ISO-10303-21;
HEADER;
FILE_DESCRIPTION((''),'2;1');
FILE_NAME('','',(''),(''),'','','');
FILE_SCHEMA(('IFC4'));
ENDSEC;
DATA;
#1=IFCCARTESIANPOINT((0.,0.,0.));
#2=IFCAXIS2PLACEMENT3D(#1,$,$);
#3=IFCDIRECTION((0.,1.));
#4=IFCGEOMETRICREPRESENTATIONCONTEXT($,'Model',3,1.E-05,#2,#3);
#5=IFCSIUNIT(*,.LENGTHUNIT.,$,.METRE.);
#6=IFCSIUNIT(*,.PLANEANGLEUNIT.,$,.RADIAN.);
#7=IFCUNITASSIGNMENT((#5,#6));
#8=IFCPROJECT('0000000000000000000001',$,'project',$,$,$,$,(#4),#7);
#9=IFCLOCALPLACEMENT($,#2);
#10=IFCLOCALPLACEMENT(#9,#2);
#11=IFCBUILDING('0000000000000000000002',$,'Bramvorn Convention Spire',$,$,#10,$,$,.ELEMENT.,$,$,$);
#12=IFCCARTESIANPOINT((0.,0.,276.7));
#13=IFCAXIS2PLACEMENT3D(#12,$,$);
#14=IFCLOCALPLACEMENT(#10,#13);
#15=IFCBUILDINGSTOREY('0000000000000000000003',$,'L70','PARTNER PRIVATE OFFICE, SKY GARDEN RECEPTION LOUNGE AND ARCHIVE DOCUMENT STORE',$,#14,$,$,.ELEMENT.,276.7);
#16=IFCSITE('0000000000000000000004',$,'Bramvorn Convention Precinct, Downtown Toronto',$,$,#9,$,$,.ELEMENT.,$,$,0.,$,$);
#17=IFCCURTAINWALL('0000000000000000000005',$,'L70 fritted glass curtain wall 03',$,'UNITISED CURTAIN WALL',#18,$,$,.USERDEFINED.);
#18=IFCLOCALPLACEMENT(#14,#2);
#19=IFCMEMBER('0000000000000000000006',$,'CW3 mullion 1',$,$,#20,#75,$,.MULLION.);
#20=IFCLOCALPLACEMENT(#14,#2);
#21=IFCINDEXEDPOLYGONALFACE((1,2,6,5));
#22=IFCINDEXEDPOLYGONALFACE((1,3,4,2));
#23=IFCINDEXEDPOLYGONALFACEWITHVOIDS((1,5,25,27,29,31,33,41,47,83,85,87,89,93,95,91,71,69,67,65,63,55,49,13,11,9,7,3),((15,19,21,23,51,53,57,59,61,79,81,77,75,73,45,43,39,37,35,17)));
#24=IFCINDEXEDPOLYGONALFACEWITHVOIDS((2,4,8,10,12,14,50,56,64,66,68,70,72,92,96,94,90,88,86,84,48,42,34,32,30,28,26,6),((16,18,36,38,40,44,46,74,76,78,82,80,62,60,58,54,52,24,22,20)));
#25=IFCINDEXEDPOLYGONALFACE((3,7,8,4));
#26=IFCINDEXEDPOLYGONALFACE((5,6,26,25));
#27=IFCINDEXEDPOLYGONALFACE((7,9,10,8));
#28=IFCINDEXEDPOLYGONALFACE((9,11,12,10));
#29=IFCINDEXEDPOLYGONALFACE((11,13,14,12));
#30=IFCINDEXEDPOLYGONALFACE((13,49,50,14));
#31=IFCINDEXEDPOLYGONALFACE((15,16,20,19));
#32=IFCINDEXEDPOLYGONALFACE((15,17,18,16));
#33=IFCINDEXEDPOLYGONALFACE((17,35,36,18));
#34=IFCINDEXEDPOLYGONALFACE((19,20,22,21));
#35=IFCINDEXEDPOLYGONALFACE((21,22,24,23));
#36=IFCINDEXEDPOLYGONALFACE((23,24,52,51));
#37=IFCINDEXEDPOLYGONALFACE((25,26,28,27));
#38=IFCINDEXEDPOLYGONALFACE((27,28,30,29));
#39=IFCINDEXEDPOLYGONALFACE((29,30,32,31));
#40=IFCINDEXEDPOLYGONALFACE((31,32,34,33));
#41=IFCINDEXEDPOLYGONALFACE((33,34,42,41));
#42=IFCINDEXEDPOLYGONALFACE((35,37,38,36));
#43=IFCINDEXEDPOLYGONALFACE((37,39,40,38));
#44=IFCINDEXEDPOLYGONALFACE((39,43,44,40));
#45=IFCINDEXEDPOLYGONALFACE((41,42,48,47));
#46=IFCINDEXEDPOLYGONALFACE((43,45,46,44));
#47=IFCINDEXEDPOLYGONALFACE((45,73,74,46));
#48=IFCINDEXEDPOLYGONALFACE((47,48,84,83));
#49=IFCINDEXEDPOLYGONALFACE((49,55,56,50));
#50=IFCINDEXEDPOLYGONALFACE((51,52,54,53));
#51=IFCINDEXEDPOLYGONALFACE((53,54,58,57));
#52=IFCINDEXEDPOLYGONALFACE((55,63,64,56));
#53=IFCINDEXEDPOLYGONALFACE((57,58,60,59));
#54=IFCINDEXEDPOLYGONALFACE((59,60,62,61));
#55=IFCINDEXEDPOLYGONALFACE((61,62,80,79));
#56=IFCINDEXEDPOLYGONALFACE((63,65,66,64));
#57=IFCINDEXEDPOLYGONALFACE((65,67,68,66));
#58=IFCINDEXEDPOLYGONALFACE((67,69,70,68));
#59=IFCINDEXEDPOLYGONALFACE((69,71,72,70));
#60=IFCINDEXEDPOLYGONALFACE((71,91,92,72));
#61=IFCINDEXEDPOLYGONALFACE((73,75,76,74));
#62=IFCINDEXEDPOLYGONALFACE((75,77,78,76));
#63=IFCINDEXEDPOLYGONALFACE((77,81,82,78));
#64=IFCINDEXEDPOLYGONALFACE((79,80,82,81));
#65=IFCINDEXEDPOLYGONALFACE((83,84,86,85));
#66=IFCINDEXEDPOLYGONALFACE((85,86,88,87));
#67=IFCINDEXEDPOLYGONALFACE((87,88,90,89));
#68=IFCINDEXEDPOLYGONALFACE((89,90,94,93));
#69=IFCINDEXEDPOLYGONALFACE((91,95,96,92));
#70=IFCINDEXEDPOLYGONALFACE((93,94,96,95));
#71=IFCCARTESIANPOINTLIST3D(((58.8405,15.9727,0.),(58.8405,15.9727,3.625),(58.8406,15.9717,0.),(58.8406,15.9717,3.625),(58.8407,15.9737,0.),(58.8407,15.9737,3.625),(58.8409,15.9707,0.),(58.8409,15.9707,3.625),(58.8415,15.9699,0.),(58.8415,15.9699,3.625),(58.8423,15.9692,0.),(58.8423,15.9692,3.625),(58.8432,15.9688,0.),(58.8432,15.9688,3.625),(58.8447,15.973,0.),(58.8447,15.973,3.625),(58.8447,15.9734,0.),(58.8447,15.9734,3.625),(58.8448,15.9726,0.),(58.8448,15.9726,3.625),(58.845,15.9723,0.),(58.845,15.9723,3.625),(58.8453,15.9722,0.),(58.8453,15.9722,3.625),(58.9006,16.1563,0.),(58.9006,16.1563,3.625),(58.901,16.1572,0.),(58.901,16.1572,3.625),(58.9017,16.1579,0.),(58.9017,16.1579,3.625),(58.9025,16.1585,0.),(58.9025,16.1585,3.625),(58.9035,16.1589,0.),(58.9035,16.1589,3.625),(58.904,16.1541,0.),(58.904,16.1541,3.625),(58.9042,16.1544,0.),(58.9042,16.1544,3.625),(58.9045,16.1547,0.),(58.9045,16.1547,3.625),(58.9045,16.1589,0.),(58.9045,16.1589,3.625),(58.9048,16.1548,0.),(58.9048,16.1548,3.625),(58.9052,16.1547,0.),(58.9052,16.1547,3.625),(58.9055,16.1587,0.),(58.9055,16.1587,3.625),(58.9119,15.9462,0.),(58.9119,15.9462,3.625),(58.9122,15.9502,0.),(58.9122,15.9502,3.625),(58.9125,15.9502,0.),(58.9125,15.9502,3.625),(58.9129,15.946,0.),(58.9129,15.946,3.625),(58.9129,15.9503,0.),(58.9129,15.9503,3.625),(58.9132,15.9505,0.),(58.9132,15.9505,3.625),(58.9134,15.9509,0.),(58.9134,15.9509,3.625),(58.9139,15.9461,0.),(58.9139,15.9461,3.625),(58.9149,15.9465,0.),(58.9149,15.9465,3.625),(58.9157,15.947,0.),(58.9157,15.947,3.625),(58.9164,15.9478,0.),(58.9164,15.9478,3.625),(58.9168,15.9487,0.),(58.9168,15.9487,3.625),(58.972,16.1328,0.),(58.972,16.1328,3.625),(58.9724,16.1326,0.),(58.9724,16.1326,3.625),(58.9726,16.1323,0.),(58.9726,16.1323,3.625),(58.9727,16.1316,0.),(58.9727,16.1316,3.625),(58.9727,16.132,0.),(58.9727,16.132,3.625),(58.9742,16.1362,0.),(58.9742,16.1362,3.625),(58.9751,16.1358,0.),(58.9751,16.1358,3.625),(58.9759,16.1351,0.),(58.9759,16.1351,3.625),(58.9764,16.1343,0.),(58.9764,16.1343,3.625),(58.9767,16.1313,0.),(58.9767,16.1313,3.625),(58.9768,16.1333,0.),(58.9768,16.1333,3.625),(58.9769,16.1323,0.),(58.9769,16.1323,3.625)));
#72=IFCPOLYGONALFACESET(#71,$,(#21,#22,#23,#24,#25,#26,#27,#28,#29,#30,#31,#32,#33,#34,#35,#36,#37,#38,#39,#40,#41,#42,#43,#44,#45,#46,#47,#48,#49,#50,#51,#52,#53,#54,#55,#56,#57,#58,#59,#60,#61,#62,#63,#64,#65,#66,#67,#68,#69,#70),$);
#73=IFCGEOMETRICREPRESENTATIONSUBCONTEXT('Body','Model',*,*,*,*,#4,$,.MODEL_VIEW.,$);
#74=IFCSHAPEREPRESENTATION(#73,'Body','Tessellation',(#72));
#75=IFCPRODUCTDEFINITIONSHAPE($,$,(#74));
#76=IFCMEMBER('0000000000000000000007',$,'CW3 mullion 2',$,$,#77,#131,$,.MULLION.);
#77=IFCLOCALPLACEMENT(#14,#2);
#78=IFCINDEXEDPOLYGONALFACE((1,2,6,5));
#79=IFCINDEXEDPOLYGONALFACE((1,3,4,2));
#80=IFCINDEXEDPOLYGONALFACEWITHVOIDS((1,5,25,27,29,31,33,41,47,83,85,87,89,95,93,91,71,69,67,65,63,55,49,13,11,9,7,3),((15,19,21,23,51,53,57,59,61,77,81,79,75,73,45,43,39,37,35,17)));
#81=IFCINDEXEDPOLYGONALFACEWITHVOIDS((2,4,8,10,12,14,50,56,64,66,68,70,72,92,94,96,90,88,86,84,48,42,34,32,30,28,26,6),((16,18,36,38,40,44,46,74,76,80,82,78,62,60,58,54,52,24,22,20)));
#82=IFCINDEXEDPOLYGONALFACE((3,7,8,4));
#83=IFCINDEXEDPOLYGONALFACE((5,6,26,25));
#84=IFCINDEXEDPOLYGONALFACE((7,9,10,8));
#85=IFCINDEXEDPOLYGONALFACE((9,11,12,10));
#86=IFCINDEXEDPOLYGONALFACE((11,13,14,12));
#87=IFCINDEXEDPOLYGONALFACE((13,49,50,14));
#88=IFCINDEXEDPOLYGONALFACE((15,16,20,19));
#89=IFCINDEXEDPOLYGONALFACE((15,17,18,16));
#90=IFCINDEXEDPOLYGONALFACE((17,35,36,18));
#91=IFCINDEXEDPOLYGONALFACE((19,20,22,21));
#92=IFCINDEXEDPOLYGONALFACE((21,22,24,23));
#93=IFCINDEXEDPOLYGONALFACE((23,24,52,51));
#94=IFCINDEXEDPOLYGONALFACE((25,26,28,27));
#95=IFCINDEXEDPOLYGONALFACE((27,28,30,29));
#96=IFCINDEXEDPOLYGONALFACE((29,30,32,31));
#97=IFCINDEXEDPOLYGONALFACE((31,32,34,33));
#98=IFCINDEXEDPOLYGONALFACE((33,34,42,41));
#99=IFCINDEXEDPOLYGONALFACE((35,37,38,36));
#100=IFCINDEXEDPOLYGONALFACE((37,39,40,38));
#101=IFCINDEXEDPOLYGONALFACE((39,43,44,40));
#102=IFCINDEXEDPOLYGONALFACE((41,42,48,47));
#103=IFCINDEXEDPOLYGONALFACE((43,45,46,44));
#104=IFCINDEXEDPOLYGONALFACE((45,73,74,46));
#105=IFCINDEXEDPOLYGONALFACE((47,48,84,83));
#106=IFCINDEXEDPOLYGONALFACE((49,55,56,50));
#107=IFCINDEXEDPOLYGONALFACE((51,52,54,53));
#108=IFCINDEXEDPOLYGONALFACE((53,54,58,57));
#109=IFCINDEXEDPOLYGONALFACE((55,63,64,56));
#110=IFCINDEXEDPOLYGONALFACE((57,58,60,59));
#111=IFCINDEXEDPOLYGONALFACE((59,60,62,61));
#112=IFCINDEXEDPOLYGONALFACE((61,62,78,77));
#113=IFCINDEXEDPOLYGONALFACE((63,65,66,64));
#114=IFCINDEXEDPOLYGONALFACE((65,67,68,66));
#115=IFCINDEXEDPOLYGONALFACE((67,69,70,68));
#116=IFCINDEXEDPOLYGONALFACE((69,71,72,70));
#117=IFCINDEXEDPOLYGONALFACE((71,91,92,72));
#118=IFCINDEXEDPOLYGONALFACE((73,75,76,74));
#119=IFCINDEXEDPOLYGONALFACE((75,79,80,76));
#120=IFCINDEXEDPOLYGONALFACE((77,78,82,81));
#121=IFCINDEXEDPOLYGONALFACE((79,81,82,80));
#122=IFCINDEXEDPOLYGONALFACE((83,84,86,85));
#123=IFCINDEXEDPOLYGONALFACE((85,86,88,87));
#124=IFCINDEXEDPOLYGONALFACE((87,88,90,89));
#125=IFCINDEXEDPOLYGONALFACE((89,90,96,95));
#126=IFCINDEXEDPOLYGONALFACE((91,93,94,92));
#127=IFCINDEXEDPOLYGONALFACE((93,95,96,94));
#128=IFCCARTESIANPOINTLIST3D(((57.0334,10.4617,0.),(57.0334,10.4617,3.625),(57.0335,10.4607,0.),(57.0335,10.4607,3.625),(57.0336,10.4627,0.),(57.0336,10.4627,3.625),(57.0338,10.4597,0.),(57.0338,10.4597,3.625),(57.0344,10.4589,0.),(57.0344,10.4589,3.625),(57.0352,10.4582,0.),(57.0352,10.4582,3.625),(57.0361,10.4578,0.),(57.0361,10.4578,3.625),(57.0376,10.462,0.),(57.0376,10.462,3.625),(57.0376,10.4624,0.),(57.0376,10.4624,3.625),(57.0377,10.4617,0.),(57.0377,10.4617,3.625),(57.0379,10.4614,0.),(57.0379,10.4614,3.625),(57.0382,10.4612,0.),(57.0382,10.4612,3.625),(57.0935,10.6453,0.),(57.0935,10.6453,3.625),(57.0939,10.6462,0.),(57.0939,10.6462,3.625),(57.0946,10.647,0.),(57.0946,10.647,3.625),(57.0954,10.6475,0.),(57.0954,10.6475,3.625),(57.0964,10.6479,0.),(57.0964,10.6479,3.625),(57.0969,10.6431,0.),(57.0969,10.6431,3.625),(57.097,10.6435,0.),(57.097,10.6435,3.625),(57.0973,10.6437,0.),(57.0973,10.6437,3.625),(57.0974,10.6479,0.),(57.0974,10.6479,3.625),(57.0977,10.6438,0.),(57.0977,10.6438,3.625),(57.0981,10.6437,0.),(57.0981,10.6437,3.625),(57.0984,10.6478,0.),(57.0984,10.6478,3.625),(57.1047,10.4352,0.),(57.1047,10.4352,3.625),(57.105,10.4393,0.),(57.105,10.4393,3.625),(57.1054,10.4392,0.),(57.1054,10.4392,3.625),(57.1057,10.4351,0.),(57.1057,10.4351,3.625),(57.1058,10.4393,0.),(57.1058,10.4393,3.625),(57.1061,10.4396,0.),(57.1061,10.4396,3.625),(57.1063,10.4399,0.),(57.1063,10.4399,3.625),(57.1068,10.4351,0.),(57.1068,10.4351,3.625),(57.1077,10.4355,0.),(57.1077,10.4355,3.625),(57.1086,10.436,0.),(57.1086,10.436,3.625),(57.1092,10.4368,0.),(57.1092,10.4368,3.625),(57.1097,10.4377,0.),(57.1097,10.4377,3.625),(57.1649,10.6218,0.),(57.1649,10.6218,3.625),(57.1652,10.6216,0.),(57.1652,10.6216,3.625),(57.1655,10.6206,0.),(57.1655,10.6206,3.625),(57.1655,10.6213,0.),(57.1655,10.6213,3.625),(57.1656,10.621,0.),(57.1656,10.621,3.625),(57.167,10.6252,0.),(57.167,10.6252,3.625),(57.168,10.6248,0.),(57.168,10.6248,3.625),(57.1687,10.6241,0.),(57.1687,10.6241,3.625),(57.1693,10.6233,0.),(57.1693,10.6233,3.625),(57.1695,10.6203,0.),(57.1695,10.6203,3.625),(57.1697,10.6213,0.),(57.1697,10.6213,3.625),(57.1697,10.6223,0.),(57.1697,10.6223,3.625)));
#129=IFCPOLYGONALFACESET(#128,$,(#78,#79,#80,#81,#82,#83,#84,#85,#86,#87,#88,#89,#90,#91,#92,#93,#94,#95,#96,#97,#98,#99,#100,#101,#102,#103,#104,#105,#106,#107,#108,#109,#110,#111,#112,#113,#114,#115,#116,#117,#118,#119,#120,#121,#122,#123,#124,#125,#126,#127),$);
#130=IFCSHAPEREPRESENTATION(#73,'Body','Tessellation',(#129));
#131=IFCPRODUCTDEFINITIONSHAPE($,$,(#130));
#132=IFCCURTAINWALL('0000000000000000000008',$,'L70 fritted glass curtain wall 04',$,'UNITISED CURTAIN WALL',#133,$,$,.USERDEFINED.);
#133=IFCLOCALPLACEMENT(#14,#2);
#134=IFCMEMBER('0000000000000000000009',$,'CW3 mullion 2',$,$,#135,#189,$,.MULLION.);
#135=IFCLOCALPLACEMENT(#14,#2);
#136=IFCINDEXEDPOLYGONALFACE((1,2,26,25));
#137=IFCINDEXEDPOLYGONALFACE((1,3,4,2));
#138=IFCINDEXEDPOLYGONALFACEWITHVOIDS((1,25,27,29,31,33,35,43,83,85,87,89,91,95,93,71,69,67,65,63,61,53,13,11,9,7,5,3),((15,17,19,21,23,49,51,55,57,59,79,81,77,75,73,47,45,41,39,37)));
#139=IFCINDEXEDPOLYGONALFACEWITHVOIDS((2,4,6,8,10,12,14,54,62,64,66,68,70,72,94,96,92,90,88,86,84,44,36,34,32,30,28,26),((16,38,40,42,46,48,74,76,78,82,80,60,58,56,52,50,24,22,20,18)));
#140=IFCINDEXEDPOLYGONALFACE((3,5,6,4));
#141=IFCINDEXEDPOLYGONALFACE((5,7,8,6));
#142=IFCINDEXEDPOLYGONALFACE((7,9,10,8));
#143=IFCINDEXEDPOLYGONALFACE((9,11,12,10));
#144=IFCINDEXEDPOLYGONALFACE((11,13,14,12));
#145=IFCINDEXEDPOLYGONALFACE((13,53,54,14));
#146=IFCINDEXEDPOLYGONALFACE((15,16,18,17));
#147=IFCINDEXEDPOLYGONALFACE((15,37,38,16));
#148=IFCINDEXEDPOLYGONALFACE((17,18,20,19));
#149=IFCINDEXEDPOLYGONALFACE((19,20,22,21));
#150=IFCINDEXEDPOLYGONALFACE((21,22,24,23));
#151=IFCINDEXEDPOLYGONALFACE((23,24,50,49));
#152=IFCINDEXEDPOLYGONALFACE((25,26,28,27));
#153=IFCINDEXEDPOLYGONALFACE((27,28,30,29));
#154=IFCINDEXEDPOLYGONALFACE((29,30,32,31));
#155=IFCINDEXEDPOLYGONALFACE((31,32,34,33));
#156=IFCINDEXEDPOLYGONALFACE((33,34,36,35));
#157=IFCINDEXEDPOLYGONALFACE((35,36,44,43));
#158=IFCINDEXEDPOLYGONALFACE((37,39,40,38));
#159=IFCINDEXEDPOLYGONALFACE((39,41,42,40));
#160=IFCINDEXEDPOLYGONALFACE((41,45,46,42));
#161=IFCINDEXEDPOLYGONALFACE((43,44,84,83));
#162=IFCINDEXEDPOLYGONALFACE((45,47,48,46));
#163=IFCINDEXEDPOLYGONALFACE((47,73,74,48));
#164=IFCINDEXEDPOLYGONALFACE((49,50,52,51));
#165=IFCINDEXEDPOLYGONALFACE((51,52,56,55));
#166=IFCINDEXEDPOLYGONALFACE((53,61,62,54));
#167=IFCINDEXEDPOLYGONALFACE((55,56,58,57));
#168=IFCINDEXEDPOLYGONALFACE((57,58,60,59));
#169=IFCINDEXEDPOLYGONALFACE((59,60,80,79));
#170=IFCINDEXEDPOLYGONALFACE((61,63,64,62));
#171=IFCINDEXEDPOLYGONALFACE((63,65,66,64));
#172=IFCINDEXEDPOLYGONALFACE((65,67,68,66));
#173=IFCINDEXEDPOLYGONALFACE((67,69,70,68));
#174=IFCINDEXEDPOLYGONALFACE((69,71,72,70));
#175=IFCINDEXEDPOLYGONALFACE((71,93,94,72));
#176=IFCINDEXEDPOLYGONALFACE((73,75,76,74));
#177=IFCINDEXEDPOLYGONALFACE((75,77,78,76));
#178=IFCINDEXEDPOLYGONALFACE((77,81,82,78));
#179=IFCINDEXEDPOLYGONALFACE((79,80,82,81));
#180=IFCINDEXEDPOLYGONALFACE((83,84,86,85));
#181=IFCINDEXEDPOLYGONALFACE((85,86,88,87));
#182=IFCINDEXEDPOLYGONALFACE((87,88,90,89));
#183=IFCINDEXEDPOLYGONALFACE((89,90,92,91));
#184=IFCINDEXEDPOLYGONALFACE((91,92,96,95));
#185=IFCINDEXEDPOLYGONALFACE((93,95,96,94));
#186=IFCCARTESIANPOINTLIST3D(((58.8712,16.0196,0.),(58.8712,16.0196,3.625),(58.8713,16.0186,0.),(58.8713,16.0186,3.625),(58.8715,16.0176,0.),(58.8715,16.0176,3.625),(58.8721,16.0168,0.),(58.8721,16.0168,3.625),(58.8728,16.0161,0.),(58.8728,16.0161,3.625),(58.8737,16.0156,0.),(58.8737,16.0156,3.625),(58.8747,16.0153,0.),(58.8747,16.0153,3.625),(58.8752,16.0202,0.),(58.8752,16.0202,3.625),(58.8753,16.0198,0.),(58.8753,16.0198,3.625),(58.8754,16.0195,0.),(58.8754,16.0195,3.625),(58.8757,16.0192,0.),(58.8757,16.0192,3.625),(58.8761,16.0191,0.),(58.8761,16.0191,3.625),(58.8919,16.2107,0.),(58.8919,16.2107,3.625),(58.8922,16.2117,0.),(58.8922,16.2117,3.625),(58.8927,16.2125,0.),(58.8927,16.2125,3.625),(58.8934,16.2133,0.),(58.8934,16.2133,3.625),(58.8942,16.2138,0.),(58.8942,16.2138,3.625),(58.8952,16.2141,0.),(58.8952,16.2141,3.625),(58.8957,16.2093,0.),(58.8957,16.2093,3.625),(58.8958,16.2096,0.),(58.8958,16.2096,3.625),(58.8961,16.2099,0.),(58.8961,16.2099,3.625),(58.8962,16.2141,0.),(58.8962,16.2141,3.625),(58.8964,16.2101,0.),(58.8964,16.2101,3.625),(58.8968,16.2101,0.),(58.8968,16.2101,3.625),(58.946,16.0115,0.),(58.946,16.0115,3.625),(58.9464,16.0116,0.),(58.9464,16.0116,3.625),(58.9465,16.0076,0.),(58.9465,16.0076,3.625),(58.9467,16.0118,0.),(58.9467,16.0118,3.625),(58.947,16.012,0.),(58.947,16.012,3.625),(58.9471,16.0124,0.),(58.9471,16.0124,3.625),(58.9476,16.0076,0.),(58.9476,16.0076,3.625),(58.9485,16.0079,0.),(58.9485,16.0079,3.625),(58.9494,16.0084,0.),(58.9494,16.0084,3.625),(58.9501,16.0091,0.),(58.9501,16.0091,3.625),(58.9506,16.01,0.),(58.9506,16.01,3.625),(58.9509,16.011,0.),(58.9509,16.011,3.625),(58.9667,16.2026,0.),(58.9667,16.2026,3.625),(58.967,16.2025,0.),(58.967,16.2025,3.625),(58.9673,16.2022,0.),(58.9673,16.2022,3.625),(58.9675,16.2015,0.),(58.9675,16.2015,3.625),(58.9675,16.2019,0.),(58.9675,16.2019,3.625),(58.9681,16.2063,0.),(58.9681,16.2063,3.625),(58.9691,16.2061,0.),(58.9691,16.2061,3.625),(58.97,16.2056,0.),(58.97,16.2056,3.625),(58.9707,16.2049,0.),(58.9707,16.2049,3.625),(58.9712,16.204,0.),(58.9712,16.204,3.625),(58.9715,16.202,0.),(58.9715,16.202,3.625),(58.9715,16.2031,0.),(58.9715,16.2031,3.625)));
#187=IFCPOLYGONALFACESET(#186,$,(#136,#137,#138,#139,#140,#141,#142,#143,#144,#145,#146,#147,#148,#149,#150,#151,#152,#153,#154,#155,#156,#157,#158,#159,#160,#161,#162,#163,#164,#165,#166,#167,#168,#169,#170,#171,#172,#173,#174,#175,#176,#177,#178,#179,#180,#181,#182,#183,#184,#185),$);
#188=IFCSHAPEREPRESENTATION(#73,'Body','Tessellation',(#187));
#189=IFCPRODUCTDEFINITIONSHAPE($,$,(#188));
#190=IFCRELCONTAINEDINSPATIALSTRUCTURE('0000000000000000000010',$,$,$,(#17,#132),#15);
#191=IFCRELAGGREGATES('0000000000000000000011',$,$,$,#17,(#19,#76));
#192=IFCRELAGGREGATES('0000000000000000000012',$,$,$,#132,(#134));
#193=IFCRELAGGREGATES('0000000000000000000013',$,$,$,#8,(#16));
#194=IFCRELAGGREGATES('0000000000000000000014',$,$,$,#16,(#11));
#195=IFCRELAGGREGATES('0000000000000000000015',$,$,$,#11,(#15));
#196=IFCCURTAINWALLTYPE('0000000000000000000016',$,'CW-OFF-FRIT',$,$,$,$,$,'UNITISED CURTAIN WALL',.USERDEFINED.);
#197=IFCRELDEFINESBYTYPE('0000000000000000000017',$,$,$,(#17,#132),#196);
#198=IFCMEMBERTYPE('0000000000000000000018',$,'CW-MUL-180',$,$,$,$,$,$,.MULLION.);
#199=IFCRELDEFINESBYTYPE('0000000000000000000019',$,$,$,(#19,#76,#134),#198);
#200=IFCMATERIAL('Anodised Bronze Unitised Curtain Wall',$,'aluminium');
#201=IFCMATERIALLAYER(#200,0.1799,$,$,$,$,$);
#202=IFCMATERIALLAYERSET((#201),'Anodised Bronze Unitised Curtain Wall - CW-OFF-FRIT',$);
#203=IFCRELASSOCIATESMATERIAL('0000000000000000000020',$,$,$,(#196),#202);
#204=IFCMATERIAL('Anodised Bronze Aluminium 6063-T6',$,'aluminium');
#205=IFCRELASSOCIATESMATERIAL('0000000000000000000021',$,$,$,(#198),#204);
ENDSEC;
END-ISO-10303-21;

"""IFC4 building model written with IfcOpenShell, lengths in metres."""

from ifc_helpers import new_model, si_unit, direction, frame, origin, origin_2d, place, context, subcontext, project, spatial, hollow_rectangle, extrude, material, layer, layer_set, material_profile, profile_set, type_object, element, aggregate, save


model = new_model("IFC4")

# Units and contexts
model_context = context("Model", 3, precision=1e-05, world=origin(), true_north=direction((0.0, 1.0)))
body_context = subcontext(model_context, "Body", "Model", "MODEL_VIEW")
ifc_project = project(units=[si_unit("LENGTHUNIT", "METRE"), si_unit("PLANEANGLEUNIT", "RADIAN")], contexts=[model_context])

# Site, building, storey
site_placement = place(None, origin())
site = spatial("IfcSite", under=ifc_project, at=site_placement, Name="Bramvorn Convention Precinct, Downtown Toronto", CompositionType="ELEMENT", RefElevation=0.0)
building_placement = place(site_placement, origin())
building = spatial("IfcBuilding", under=site, at=building_placement, Name="Bramvorn Convention Spire", CompositionType="ELEMENT")
storey_placement = place(building_placement, frame((0.0, 0.0, 276.7)))
storey = spatial("IfcBuildingStorey", under=building, at=storey_placement, Name="L70", Description="PARTNER PRIVATE OFFICE, SKY GARDEN RECEPTION LOUNGE AND ARCHIVE DOCUMENT STORE", CompositionType="ELEMENT", Elevation=276.7)

# Curtain wall, members
ifc_material_1 = material(Name="Anodised Bronze Unitised Curtain Wall", Category="aluminium")
ifc_layer_1 = layer(ifc_material_1, 0.1799)
ifc_layer_set_1 = layer_set([ifc_layer_1], Name="Anodised Bronze Unitised Curtain Wall - CW-OFF-FRIT")
curtain_wall_type = type_object("IfcCurtainWallType", Name="CW-OFF-FRIT", ElementType="UNITISED CURTAIN WALL", PredefinedType="USERDEFINED", material=ifc_layer_set_1)
curtain_wall_1_placement = place(storey_placement, origin())
curtain_wall_1 = element("IfcCurtainWall", 1, at=curtain_wall_1_placement, inside=storey, type_object=curtain_wall_type, Name="L70 fritted glass curtain wall 03", ObjectType="UNITISED CURTAIN WALL", PredefinedType="USERDEFINED")
ifc_material_2 = material(Name="Anodised Bronze Aluminium 6063-T6", Category="aluminium")
ifc_material_profile_1 = material_profile(ifc_material_2, hollow_rectangle(XDim=0.0801, YDim=0.2, WallThickness=0.0039, InnerFilletRadius=0.001, OuterFilletRadius=0.0039, at=origin_2d()))
ifc_profile_set_1 = profile_set([ifc_material_profile_1], Name="Anodised Bronze Aluminium 6063-T6 - CWM80X200")
member_type_1 = type_object("IfcMemberType", Name="CW-MUL-180", PredefinedType="MULLION", material=ifc_profile_set_1)
member_1_placement = place(storey_placement, frame((58.9087, 16.0525, 0.0), z_axis=(0.0, 0.0, 1.0), x_axis=(0.950211, -0.311606, 0.0)))
member_1 = element("IfcMember", 2, at=member_1_placement, type_object=member_type_1, Name="CW3 mullion 1", PredefinedType="MULLION", context=body_context, shape_type="SweptSolid", body=[
    extrude(hollow_rectangle(XDim=0.0801, YDim=0.2, WallThickness=0.0039, InnerFilletRadius=0.001, OuterFilletRadius=0.0039, at=origin_2d()), origin(), (0.0, 0.0, 1.0), 3.625),
])
member_2_placement = place(storey_placement, frame((57.1016, 10.5415, 0.0), z_axis=(0.0, 0.0, 1.0), x_axis=(0.950211, -0.311606, 0.0)))
member_2 = element("IfcMember", 3, at=member_2_placement, type_object=member_type_1, Name="CW3 mullion 2", PredefinedType="MULLION", context=body_context, shape_type="SweptSolid", body=[
    extrude(hollow_rectangle(XDim=0.0801, YDim=0.2, WallThickness=0.0039, InnerFilletRadius=0.001, OuterFilletRadius=0.0039, at=origin_2d()), origin(), (0.0, 0.0, 1.0), 3.625),
])

# Curtain wall, member
curtain_wall_2_placement = place(storey_placement, origin())
curtain_wall_2 = element("IfcCurtainWall", 4, at=curtain_wall_2_placement, inside=storey, type_object=curtain_wall_type, Name="L70 fritted glass curtain wall 04", ObjectType="UNITISED CURTAIN WALL", PredefinedType="USERDEFINED")
member_3_placement = place(storey_placement, frame((58.9214, 16.1108, 0.0), z_axis=(0.0, 0.0, 1.0), x_axis=(0.99419, -0.107639, 0.0)))
member_3 = element("IfcMember", 5, at=member_3_placement, type_object=member_type_1, Name="CW3 mullion 2", PredefinedType="MULLION", context=body_context, shape_type="SweptSolid", body=[
    extrude(hollow_rectangle(XDim=0.0801, YDim=0.2, WallThickness=0.0039, InnerFilletRadius=0.001, OuterFilletRadius=0.0039, at=origin_2d()), origin(), (0.0, 0.0, 1.0), 3.625),
])

aggregate(curtain_wall_1, [member_1, member_2])
aggregate(curtain_wall_2, [member_3])

save(model, "model.ifc")
